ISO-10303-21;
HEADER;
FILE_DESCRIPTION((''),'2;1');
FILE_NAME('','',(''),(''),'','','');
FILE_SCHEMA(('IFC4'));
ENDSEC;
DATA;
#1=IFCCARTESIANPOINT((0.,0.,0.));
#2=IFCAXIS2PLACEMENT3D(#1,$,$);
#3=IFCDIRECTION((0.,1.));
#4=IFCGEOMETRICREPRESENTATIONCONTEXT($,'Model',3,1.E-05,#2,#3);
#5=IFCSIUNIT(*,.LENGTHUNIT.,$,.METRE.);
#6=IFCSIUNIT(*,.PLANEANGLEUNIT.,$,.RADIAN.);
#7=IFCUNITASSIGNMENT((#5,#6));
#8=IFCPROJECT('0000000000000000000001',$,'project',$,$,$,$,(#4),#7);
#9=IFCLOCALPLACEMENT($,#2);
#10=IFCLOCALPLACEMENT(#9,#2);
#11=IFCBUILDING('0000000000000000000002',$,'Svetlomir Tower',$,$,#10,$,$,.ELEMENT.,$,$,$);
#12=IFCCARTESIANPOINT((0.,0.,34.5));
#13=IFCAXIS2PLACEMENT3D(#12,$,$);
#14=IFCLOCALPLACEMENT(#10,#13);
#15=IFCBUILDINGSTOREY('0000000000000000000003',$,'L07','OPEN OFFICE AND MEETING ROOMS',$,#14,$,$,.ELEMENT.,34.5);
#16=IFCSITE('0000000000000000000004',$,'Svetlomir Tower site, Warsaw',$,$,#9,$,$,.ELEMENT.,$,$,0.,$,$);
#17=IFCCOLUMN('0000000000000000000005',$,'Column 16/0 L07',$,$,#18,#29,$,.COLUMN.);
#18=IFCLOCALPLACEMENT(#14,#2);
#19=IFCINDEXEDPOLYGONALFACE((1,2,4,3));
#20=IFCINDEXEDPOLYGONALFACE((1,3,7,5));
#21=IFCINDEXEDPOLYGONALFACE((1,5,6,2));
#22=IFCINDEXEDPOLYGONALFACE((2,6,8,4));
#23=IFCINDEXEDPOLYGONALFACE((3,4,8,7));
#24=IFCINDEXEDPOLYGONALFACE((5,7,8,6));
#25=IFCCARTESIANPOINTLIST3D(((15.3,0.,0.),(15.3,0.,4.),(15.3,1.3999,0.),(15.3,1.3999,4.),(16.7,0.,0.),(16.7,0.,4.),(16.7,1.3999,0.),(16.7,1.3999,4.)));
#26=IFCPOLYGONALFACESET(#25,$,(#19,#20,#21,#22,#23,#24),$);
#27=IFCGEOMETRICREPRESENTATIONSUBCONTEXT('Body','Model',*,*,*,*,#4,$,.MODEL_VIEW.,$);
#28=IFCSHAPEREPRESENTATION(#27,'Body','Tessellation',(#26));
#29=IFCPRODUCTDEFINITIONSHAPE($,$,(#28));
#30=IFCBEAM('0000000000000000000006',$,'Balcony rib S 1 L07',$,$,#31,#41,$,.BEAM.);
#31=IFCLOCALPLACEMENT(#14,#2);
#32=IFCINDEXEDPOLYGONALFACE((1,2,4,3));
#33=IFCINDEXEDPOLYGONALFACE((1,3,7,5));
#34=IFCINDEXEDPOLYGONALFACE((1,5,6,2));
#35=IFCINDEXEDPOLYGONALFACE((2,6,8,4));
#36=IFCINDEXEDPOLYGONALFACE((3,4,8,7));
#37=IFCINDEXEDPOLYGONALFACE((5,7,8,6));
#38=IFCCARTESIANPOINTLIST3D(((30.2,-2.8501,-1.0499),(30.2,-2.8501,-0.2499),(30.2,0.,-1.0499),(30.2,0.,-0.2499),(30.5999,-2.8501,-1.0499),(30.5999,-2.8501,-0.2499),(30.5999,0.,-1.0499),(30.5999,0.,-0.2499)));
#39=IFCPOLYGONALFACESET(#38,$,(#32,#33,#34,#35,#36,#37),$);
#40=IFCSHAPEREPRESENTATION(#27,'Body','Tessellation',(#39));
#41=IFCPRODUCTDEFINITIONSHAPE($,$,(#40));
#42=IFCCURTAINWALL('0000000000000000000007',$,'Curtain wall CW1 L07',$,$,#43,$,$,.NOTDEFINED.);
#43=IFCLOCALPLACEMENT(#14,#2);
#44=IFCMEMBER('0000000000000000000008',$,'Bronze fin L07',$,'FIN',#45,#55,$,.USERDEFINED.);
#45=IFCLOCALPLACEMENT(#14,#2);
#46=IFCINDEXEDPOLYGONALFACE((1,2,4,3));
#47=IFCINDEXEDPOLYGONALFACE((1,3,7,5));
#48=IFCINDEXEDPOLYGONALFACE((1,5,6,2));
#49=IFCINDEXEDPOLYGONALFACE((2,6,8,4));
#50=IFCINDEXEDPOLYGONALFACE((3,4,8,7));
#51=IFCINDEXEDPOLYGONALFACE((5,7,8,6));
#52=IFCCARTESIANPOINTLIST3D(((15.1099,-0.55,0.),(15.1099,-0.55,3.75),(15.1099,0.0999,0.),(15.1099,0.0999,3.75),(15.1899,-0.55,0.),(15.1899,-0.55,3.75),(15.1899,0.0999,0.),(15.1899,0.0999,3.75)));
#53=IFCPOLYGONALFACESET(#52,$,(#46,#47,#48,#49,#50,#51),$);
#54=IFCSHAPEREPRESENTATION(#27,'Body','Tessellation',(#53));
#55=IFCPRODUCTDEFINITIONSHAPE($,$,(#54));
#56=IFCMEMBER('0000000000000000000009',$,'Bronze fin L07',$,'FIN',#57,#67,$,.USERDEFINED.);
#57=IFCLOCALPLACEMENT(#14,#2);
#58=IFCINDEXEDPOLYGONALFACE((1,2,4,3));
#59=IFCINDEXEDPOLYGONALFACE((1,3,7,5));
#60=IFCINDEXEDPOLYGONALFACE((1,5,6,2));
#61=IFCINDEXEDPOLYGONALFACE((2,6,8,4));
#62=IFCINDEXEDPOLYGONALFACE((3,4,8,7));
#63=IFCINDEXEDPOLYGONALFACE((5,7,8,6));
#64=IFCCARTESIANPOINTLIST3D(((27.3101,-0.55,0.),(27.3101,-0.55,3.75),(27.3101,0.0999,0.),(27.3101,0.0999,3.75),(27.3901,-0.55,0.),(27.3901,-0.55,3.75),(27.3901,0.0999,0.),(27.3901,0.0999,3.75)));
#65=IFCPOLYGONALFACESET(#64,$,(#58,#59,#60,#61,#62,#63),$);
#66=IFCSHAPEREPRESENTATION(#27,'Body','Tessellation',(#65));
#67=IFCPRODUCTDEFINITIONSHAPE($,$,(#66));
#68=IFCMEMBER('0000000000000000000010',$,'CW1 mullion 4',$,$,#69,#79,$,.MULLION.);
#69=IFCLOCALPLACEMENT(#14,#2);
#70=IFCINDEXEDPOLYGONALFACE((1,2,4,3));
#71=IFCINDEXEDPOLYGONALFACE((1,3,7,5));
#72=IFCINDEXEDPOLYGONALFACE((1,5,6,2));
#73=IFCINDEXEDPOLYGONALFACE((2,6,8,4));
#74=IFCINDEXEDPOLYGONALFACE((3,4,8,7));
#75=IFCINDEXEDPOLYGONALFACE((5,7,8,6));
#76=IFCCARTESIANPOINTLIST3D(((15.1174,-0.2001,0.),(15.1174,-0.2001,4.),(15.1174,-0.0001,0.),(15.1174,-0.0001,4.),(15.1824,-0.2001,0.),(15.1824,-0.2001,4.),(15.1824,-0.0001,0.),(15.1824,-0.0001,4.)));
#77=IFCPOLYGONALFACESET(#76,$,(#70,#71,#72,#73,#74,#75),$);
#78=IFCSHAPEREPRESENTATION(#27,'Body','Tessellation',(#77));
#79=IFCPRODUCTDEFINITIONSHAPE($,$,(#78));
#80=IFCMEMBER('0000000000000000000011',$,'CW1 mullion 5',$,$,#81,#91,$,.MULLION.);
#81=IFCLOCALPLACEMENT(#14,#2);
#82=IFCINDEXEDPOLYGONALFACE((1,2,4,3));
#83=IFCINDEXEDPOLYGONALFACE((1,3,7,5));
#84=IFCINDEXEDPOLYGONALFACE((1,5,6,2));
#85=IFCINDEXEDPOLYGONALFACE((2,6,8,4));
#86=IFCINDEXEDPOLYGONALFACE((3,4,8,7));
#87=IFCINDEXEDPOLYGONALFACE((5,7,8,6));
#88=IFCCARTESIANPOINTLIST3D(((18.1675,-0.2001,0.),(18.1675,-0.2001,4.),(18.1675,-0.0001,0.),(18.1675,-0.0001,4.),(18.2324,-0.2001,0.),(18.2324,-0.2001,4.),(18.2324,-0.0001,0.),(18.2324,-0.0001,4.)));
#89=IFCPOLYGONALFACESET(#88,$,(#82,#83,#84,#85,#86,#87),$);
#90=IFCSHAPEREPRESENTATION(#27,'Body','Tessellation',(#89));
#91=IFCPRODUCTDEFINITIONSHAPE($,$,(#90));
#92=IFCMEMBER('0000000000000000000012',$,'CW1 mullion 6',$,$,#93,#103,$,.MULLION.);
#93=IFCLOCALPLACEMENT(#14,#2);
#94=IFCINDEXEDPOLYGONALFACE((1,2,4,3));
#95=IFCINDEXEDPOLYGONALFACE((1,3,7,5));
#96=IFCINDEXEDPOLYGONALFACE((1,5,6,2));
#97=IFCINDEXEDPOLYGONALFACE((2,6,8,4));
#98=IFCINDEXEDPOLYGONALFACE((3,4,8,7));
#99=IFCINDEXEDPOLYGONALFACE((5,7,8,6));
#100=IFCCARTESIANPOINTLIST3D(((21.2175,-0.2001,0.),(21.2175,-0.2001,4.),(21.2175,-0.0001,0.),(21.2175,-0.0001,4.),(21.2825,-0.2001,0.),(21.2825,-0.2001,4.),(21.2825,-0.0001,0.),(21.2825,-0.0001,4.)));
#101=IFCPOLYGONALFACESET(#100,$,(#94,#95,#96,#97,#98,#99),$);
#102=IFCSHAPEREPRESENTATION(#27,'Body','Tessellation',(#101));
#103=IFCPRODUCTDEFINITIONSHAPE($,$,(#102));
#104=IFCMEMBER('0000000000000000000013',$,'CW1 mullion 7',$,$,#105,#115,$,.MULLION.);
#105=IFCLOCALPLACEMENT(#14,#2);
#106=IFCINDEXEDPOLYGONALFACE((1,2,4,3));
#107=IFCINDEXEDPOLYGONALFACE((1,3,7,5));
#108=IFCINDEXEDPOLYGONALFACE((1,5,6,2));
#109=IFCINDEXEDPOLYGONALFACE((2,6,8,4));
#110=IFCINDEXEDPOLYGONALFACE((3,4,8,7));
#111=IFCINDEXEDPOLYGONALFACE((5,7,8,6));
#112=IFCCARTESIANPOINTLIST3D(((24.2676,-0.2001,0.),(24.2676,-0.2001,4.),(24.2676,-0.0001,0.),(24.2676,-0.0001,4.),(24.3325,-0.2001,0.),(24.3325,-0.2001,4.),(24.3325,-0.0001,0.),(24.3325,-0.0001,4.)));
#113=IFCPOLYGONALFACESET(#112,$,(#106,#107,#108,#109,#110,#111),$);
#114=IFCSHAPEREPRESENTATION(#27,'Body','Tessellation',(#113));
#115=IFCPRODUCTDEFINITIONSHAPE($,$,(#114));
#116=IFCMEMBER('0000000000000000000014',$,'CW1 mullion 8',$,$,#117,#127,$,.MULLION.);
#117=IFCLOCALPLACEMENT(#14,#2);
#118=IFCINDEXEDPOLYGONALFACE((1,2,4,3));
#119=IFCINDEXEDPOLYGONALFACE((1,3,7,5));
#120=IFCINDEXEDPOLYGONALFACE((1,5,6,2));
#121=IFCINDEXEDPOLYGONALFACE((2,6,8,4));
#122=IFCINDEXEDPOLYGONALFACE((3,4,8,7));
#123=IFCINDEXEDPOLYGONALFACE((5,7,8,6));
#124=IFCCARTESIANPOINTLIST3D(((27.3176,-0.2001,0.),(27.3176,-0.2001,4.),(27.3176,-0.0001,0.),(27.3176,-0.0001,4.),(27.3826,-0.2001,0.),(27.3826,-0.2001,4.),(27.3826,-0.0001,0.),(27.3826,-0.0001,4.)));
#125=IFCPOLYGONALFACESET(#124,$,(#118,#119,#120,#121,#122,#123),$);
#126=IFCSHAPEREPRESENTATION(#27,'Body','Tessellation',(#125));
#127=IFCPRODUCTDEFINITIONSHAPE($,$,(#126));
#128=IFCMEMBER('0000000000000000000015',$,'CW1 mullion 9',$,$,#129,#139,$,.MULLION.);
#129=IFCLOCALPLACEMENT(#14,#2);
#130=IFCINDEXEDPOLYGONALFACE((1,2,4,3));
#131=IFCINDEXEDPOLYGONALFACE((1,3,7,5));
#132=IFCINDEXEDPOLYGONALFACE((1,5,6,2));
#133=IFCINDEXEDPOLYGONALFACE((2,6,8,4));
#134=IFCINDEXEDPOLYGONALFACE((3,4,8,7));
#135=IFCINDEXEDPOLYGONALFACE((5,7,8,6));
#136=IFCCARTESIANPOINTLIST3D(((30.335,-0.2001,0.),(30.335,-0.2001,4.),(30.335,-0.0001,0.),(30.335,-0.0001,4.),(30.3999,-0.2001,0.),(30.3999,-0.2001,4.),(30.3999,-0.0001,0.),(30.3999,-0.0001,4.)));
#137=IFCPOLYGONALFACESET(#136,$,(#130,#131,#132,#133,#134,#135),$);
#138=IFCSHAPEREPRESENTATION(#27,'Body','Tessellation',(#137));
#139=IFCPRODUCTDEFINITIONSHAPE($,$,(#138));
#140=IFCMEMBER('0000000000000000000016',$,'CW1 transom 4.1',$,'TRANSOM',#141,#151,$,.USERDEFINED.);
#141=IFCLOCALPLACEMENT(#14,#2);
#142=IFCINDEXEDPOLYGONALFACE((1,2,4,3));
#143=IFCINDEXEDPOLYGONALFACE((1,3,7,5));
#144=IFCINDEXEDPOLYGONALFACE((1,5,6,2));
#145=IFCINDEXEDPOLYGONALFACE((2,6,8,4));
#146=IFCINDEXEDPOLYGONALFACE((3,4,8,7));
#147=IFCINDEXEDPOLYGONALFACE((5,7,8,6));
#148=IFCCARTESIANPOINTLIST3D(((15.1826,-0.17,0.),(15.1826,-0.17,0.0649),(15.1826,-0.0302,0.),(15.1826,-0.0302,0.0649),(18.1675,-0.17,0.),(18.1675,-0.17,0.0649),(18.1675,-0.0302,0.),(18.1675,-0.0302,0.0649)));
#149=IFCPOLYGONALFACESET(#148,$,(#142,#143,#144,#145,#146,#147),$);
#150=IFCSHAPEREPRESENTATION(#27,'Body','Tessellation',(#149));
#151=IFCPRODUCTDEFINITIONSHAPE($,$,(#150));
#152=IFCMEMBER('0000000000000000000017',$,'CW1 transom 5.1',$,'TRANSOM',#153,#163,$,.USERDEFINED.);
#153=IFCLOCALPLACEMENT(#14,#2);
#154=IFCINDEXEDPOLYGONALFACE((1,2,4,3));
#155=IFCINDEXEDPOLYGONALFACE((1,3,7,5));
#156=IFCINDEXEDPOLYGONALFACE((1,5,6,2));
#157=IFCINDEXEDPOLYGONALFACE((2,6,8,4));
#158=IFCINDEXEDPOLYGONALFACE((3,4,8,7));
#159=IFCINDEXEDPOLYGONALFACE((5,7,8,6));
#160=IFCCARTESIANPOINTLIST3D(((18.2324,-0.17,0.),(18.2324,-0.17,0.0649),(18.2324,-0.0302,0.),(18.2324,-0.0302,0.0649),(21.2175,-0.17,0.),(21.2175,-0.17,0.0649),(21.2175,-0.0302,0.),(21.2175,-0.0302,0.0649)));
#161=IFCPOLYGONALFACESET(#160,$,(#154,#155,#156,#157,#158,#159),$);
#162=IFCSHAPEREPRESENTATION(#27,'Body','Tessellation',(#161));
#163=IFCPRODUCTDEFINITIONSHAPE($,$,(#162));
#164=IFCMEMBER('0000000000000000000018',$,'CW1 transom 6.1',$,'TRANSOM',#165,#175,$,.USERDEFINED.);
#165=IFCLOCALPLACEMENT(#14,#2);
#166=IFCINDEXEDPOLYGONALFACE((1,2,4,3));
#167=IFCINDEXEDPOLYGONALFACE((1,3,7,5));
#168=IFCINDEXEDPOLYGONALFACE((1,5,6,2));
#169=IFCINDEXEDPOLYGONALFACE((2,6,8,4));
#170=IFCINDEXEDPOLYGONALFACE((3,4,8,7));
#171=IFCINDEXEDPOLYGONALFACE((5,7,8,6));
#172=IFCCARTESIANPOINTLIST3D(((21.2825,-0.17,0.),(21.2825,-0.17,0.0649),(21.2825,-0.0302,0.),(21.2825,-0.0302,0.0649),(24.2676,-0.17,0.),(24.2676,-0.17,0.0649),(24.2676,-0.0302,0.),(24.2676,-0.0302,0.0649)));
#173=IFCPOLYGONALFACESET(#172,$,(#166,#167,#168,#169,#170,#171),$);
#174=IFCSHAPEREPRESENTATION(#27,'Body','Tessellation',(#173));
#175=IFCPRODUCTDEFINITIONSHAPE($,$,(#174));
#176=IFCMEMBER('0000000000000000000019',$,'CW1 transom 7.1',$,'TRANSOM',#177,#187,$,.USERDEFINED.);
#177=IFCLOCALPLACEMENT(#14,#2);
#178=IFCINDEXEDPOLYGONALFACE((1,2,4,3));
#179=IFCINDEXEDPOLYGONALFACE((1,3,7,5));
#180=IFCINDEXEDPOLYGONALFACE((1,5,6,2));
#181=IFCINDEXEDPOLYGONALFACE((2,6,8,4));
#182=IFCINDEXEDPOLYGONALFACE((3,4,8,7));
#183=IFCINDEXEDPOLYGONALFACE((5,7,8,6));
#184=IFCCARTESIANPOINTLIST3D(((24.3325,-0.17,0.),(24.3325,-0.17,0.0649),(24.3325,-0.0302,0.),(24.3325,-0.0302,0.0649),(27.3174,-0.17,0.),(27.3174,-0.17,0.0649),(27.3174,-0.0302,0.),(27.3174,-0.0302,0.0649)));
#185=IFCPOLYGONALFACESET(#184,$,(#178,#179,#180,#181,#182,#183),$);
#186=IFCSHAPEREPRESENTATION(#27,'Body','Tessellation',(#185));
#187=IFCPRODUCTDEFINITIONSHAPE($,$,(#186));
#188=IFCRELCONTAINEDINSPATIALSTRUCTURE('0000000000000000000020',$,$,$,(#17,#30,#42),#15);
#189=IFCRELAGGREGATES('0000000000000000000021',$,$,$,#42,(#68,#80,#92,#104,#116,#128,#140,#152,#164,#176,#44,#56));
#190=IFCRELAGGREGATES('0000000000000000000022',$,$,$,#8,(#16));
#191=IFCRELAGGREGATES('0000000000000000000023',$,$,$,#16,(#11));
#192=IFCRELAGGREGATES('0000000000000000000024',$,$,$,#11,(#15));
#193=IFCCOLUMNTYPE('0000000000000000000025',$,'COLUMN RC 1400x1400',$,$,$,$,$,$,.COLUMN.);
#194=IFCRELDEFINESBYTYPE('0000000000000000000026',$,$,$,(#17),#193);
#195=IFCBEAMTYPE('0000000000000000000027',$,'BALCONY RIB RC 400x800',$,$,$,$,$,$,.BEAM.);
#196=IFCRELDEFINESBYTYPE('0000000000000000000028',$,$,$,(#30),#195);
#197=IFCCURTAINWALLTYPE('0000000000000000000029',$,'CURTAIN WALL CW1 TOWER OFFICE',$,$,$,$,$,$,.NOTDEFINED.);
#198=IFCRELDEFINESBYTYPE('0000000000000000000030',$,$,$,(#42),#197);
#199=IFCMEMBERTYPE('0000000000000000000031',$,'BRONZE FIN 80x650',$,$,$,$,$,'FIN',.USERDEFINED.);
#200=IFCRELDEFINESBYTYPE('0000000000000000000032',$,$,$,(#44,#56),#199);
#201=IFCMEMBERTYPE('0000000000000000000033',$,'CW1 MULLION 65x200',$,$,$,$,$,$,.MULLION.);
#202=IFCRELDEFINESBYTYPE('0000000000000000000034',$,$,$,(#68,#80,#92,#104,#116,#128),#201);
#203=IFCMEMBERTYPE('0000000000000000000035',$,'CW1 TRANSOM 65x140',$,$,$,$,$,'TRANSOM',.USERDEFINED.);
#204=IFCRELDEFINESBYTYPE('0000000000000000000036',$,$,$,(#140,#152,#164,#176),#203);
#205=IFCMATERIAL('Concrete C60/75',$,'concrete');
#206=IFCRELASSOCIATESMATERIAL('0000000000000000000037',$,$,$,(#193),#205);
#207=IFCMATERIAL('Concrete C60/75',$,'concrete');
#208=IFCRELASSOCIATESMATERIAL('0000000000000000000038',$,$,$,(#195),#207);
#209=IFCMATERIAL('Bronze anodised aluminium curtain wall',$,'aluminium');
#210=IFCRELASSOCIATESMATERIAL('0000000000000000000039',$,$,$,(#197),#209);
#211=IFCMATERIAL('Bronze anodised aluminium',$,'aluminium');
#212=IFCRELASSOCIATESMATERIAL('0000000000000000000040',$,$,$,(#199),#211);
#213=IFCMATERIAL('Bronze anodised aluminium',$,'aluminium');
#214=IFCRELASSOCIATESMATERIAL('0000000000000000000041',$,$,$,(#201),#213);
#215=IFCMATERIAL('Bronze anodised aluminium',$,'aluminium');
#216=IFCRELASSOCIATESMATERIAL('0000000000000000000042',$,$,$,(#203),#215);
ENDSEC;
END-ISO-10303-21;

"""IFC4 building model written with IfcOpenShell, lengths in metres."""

from ifc_helpers import new_model, si_unit, direction, frame, origin, origin_2d, place, context, subcontext, project, spatial, rectangle, extrude, material, material_profile, profile_set, type_object, element, aggregate, save


model = new_model("IFC4")

# Units and contexts
model_context = context("Model", 3, precision=1e-05, world=origin(), true_north=direction((0.0, 1.0)))
body_context = subcontext(model_context, "Body", "Model", "MODEL_VIEW")
ifc_project = project(units=[si_unit("LENGTHUNIT", "METRE"), si_unit("PLANEANGLEUNIT", "RADIAN")], contexts=[model_context])

# Site, building, storey
site_placement = place(None, origin())
site = spatial("IfcSite", under=ifc_project, at=site_placement, Name="Svetlomir Tower site, Warsaw", CompositionType="ELEMENT", RefElevation=0.0)
building_placement = place(site_placement, origin())
building = spatial("IfcBuilding", under=site, at=building_placement, Name="Svetlomir Tower", CompositionType="ELEMENT")
storey_placement = place(building_placement, frame((0.0, 0.0, 34.5)))
storey = spatial("IfcBuildingStorey", under=building, at=storey_placement, Name="L07", Description="OPEN OFFICE AND MEETING ROOMS", CompositionType="ELEMENT", Elevation=34.5)

# Column
ifc_material_1 = material(Name="Concrete C60/75", Category="concrete")
ifc_material_profile_1 = material_profile(ifc_material_1, rectangle(XDim=1.3999, YDim=1.3999, at=origin_2d()), Name="RC 1400x1400")
ifc_profile_set_1 = profile_set([ifc_material_profile_1], Name="Concrete C60/75")
column_type = type_object("IfcColumnType", Name="COLUMN RC 1400x1400", PredefinedType="COLUMN", material=ifc_profile_set_1)
column_placement = place(storey_placement, frame((16.0, 0.7, 0.0), z_axis=(0.0, 0.0, 1.0), x_axis=(1.0, 0.0, 0.0)))
element("IfcColumn", 1, at=column_placement, inside=storey, type_object=column_type, Name="Column 16/0 L07", PredefinedType="COLUMN", context=body_context, shape_type="SweptSolid", body=[
    extrude(rectangle(XDim=1.3999, YDim=1.3999, at=origin_2d()), origin(), (0.0, 0.0, 1.0), 4.0),
])

# Beam
ifc_material_2 = material(Name="Concrete C60/75", Category="concrete")
ifc_material_profile_2 = material_profile(ifc_material_2, rectangle(XDim=0.3999, YDim=0.8, at=origin_2d()), Name="RC 400x800")
ifc_profile_set_2 = profile_set([ifc_material_profile_2], Name="Concrete C60/75")
beam_type_1 = type_object("IfcBeamType", Name="BALCONY RIB RC 400x800", PredefinedType="BEAM", material=ifc_profile_set_2)
beam_1_placement = place(storey_placement, frame((30.3999, 0.0, -0.6499), z_axis=(0.0, -1.0, 0.0), x_axis=(1.0, 0.0, 0.0)))
element("IfcBeam", 2, at=beam_1_placement, inside=storey, type_object=beam_type_1, Name="Balcony rib S 1 L07", PredefinedType="BEAM", context=body_context, shape_type="SweptSolid", body=[
    extrude(rectangle(XDim=0.3999, YDim=0.8, at=origin_2d()), origin(), (0.0, 0.0, 1.0), 2.8501),
])

# Curtain wall, members
ifc_material_3 = material(Name="Bronze anodised aluminium curtain wall", Category="aluminium")
curtain_wall_type = type_object("IfcCurtainWallType", Name="CURTAIN WALL CW1 TOWER OFFICE", PredefinedType="NOTDEFINED", material=ifc_material_3)
curtain_wall_placement = place(storey_placement, origin())
curtain_wall = element("IfcCurtainWall", 3, at=curtain_wall_placement, inside=storey, type_object=curtain_wall_type, Name="Curtain wall CW1 L07", PredefinedType="NOTDEFINED")
ifc_material_4 = material(Name="Bronze anodised aluminium", Category="aluminium")
ifc_material_profile_3 = material_profile(ifc_material_4, rectangle(XDim=0.0801, YDim=0.6499, at=origin_2d()), Name="FIN 80x650")
ifc_profile_set_3 = profile_set([ifc_material_profile_3], Name="Bronze anodised aluminium 6063-T6")
member_type_1 = type_object("IfcMemberType", Name="BRONZE FIN 80x650", ElementType="FIN", PredefinedType="USERDEFINED", material=ifc_profile_set_3)
member_1_placement = place(storey_placement, frame((15.1499, -0.2251, 0.0), z_axis=(0.0, 0.0, 1.0), x_axis=(1.0, 0.0, 0.0)))
member_1 = element("IfcMember", 4, at=member_1_placement, type_object=member_type_1, Name="Bronze fin L07", ObjectType="FIN", PredefinedType="USERDEFINED", context=body_context, shape_type="SweptSolid", body=[
    extrude(rectangle(XDim=0.0801, YDim=0.6499, at=origin_2d()), origin(), (0.0, 0.0, 1.0), 3.75),
])
member_2_placement = place(storey_placement, frame((27.3501, -0.2251, 0.0), z_axis=(0.0, 0.0, 1.0), x_axis=(1.0, 0.0, 0.0)))
member_2 = element("IfcMember", 5, at=member_2_placement, type_object=member_type_1, Name="Bronze fin L07", ObjectType="FIN", PredefinedType="USERDEFINED", context=body_context, shape_type="SweptSolid", body=[
    extrude(rectangle(XDim=0.0801, YDim=0.6499, at=origin_2d()), origin(), (0.0, 0.0, 1.0), 3.75),
])
ifc_material_5 = material(Name="Bronze anodised aluminium", Category="aluminium")
ifc_material_profile_4 = material_profile(ifc_material_5, rectangle(XDim=0.0649, YDim=0.2, at=origin_2d()), Name="AL 65x200")
ifc_profile_set_4 = profile_set([ifc_material_profile_4], Name="Bronze anodised aluminium 6063-T6")
member_type_2 = type_object("IfcMemberType", Name="CW1 MULLION 65x200", PredefinedType="MULLION", material=ifc_profile_set_4)
member_3_placement = place(storey_placement, frame((15.1499, -0.1001, 0.0), z_axis=(0.0, 0.0, 1.0), x_axis=(1.0, 0.0, 0.0)))
member_3 = element("IfcMember", 6, at=member_3_placement, type_object=member_type_2, Name="CW1 mullion 4", PredefinedType="MULLION", context=body_context, shape_type="SweptSolid", body=[
    extrude(rectangle(XDim=0.0649, YDim=0.2, at=origin_2d()), origin(), (0.0, 0.0, 1.0), 4.0),
])
member_4_placement = place(storey_placement, frame((18.2, -0.1001, 0.0), z_axis=(0.0, 0.0, 1.0), x_axis=(1.0, 0.0, 0.0)))
member_4 = element("IfcMember", 7, at=member_4_placement, type_object=member_type_2, Name="CW1 mullion 5", PredefinedType="MULLION", context=body_context, shape_type="SweptSolid", body=[
    extrude(rectangle(XDim=0.0649, YDim=0.2, at=origin_2d()), origin(), (0.0, 0.0, 1.0), 4.0),
])
member_5_placement = place(storey_placement, frame((21.25, -0.1001, 0.0), z_axis=(0.0, 0.0, 1.0), x_axis=(1.0, 0.0, 0.0)))
member_5 = element("IfcMember", 8, at=member_5_placement, type_object=member_type_2, Name="CW1 mullion 6", PredefinedType="MULLION", context=body_context, shape_type="SweptSolid", body=[
    extrude(rectangle(XDim=0.0649, YDim=0.2, at=origin_2d()), origin(), (0.0, 0.0, 1.0), 4.0),
])
member_6_placement = place(storey_placement, frame((24.3, -0.1001, 0.0), z_axis=(0.0, 0.0, 1.0), x_axis=(1.0, 0.0, 0.0)))
member_6 = element("IfcMember", 9, at=member_6_placement, type_object=member_type_2, Name="CW1 mullion 7", PredefinedType="MULLION", context=body_context, shape_type="SweptSolid", body=[
    extrude(rectangle(XDim=0.0649, YDim=0.2, at=origin_2d()), origin(), (0.0, 0.0, 1.0), 4.0),
])
member_7_placement = place(storey_placement, frame((27.3501, -0.1001, 0.0), z_axis=(0.0, 0.0, 1.0), x_axis=(1.0, 0.0, 0.0)))
member_7 = element("IfcMember", 10, at=member_7_placement, type_object=member_type_2, Name="CW1 mullion 8", PredefinedType="MULLION", context=body_context, shape_type="SweptSolid", body=[
    extrude(rectangle(XDim=0.0649, YDim=0.2, at=origin_2d()), origin(), (0.0, 0.0, 1.0), 4.0),
])
member_8_placement = place(storey_placement, frame((30.3674, -0.1001, 0.0), z_axis=(0.0, 0.0, 1.0), x_axis=(1.0, 0.0, 0.0)))
member_8 = element("IfcMember", 11, at=member_8_placement, type_object=member_type_2, Name="CW1 mullion 9", PredefinedType="MULLION", context=body_context, shape_type="SweptSolid", body=[
    extrude(rectangle(XDim=0.0649, YDim=0.2, at=origin_2d()), origin(), (0.0, 0.0, 1.0), 4.0),
])
ifc_material_6 = material(Name="Bronze anodised aluminium", Category="aluminium")
ifc_material_profile_5 = material_profile(ifc_material_6, rectangle(XDim=0.1399, YDim=0.0649, at=origin_2d()), Name="AL 140x65")
ifc_profile_set_5 = profile_set([ifc_material_profile_5], Name="Bronze anodised aluminium 6063-T6")
member_type_3 = type_object("IfcMemberType", Name="CW1 TRANSOM 65x140", ElementType="TRANSOM", PredefinedType="USERDEFINED", material=ifc_profile_set_5)
member_9_placement = place(storey_placement, frame((15.1826, -0.1001, 0.0325), z_axis=(1.0, 0.0, 0.0), x_axis=(0.0, 1.0, 0.0)))
member_9 = element("IfcMember", 12, at=member_9_placement, type_object=member_type_3, Name="CW1 transom 4.1", ObjectType="TRANSOM", PredefinedType="USERDEFINED", context=body_context, shape_type="SweptSolid", body=[
    extrude(rectangle(XDim=0.1399, YDim=0.0649, at=origin_2d()), origin(), (0.0, 0.0, 1.0), 2.9849),
])
member_10_placement = place(storey_placement, frame((18.2324, -0.1001, 0.0325), z_axis=(1.0, 0.0, 0.0), x_axis=(0.0, 1.0, 0.0)))
member_10 = element("IfcMember", 13, at=member_10_placement, type_object=member_type_3, Name="CW1 transom 5.1", ObjectType="TRANSOM", PredefinedType="USERDEFINED", context=body_context, shape_type="SweptSolid", body=[
    extrude(rectangle(XDim=0.1399, YDim=0.0649, at=origin_2d()), origin(), (0.0, 0.0, 1.0), 2.9851),
])
member_11_placement = place(storey_placement, frame((21.2825, -0.1001, 0.0325), z_axis=(1.0, 0.0, 0.0), x_axis=(0.0, 1.0, 0.0)))
member_11 = element("IfcMember", 14, at=member_11_placement, type_object=member_type_3, Name="CW1 transom 6.1", ObjectType="TRANSOM", PredefinedType="USERDEFINED", context=body_context, shape_type="SweptSolid", body=[
    extrude(rectangle(XDim=0.1399, YDim=0.0649, at=origin_2d()), origin(), (0.0, 0.0, 1.0), 2.9851),
])
member_12_placement = place(storey_placement, frame((24.3325, -0.1001, 0.0325), z_axis=(1.0, 0.0, 0.0), x_axis=(0.0, 1.0, 0.0)))
member_12 = element("IfcMember", 15, at=member_12_placement, type_object=member_type_3, Name="CW1 transom 7.1", ObjectType="TRANSOM", PredefinedType="USERDEFINED", context=body_context, shape_type="SweptSolid", body=[
    extrude(rectangle(XDim=0.1399, YDim=0.0649, at=origin_2d()), origin(), (0.0, 0.0, 1.0), 2.9849),
])

aggregate(curtain_wall, [member_3, member_4, member_5, member_6, member_7, member_8, member_9, member_10, member_11, member_12, member_1, member_2])

save(model, "model.ifc")
